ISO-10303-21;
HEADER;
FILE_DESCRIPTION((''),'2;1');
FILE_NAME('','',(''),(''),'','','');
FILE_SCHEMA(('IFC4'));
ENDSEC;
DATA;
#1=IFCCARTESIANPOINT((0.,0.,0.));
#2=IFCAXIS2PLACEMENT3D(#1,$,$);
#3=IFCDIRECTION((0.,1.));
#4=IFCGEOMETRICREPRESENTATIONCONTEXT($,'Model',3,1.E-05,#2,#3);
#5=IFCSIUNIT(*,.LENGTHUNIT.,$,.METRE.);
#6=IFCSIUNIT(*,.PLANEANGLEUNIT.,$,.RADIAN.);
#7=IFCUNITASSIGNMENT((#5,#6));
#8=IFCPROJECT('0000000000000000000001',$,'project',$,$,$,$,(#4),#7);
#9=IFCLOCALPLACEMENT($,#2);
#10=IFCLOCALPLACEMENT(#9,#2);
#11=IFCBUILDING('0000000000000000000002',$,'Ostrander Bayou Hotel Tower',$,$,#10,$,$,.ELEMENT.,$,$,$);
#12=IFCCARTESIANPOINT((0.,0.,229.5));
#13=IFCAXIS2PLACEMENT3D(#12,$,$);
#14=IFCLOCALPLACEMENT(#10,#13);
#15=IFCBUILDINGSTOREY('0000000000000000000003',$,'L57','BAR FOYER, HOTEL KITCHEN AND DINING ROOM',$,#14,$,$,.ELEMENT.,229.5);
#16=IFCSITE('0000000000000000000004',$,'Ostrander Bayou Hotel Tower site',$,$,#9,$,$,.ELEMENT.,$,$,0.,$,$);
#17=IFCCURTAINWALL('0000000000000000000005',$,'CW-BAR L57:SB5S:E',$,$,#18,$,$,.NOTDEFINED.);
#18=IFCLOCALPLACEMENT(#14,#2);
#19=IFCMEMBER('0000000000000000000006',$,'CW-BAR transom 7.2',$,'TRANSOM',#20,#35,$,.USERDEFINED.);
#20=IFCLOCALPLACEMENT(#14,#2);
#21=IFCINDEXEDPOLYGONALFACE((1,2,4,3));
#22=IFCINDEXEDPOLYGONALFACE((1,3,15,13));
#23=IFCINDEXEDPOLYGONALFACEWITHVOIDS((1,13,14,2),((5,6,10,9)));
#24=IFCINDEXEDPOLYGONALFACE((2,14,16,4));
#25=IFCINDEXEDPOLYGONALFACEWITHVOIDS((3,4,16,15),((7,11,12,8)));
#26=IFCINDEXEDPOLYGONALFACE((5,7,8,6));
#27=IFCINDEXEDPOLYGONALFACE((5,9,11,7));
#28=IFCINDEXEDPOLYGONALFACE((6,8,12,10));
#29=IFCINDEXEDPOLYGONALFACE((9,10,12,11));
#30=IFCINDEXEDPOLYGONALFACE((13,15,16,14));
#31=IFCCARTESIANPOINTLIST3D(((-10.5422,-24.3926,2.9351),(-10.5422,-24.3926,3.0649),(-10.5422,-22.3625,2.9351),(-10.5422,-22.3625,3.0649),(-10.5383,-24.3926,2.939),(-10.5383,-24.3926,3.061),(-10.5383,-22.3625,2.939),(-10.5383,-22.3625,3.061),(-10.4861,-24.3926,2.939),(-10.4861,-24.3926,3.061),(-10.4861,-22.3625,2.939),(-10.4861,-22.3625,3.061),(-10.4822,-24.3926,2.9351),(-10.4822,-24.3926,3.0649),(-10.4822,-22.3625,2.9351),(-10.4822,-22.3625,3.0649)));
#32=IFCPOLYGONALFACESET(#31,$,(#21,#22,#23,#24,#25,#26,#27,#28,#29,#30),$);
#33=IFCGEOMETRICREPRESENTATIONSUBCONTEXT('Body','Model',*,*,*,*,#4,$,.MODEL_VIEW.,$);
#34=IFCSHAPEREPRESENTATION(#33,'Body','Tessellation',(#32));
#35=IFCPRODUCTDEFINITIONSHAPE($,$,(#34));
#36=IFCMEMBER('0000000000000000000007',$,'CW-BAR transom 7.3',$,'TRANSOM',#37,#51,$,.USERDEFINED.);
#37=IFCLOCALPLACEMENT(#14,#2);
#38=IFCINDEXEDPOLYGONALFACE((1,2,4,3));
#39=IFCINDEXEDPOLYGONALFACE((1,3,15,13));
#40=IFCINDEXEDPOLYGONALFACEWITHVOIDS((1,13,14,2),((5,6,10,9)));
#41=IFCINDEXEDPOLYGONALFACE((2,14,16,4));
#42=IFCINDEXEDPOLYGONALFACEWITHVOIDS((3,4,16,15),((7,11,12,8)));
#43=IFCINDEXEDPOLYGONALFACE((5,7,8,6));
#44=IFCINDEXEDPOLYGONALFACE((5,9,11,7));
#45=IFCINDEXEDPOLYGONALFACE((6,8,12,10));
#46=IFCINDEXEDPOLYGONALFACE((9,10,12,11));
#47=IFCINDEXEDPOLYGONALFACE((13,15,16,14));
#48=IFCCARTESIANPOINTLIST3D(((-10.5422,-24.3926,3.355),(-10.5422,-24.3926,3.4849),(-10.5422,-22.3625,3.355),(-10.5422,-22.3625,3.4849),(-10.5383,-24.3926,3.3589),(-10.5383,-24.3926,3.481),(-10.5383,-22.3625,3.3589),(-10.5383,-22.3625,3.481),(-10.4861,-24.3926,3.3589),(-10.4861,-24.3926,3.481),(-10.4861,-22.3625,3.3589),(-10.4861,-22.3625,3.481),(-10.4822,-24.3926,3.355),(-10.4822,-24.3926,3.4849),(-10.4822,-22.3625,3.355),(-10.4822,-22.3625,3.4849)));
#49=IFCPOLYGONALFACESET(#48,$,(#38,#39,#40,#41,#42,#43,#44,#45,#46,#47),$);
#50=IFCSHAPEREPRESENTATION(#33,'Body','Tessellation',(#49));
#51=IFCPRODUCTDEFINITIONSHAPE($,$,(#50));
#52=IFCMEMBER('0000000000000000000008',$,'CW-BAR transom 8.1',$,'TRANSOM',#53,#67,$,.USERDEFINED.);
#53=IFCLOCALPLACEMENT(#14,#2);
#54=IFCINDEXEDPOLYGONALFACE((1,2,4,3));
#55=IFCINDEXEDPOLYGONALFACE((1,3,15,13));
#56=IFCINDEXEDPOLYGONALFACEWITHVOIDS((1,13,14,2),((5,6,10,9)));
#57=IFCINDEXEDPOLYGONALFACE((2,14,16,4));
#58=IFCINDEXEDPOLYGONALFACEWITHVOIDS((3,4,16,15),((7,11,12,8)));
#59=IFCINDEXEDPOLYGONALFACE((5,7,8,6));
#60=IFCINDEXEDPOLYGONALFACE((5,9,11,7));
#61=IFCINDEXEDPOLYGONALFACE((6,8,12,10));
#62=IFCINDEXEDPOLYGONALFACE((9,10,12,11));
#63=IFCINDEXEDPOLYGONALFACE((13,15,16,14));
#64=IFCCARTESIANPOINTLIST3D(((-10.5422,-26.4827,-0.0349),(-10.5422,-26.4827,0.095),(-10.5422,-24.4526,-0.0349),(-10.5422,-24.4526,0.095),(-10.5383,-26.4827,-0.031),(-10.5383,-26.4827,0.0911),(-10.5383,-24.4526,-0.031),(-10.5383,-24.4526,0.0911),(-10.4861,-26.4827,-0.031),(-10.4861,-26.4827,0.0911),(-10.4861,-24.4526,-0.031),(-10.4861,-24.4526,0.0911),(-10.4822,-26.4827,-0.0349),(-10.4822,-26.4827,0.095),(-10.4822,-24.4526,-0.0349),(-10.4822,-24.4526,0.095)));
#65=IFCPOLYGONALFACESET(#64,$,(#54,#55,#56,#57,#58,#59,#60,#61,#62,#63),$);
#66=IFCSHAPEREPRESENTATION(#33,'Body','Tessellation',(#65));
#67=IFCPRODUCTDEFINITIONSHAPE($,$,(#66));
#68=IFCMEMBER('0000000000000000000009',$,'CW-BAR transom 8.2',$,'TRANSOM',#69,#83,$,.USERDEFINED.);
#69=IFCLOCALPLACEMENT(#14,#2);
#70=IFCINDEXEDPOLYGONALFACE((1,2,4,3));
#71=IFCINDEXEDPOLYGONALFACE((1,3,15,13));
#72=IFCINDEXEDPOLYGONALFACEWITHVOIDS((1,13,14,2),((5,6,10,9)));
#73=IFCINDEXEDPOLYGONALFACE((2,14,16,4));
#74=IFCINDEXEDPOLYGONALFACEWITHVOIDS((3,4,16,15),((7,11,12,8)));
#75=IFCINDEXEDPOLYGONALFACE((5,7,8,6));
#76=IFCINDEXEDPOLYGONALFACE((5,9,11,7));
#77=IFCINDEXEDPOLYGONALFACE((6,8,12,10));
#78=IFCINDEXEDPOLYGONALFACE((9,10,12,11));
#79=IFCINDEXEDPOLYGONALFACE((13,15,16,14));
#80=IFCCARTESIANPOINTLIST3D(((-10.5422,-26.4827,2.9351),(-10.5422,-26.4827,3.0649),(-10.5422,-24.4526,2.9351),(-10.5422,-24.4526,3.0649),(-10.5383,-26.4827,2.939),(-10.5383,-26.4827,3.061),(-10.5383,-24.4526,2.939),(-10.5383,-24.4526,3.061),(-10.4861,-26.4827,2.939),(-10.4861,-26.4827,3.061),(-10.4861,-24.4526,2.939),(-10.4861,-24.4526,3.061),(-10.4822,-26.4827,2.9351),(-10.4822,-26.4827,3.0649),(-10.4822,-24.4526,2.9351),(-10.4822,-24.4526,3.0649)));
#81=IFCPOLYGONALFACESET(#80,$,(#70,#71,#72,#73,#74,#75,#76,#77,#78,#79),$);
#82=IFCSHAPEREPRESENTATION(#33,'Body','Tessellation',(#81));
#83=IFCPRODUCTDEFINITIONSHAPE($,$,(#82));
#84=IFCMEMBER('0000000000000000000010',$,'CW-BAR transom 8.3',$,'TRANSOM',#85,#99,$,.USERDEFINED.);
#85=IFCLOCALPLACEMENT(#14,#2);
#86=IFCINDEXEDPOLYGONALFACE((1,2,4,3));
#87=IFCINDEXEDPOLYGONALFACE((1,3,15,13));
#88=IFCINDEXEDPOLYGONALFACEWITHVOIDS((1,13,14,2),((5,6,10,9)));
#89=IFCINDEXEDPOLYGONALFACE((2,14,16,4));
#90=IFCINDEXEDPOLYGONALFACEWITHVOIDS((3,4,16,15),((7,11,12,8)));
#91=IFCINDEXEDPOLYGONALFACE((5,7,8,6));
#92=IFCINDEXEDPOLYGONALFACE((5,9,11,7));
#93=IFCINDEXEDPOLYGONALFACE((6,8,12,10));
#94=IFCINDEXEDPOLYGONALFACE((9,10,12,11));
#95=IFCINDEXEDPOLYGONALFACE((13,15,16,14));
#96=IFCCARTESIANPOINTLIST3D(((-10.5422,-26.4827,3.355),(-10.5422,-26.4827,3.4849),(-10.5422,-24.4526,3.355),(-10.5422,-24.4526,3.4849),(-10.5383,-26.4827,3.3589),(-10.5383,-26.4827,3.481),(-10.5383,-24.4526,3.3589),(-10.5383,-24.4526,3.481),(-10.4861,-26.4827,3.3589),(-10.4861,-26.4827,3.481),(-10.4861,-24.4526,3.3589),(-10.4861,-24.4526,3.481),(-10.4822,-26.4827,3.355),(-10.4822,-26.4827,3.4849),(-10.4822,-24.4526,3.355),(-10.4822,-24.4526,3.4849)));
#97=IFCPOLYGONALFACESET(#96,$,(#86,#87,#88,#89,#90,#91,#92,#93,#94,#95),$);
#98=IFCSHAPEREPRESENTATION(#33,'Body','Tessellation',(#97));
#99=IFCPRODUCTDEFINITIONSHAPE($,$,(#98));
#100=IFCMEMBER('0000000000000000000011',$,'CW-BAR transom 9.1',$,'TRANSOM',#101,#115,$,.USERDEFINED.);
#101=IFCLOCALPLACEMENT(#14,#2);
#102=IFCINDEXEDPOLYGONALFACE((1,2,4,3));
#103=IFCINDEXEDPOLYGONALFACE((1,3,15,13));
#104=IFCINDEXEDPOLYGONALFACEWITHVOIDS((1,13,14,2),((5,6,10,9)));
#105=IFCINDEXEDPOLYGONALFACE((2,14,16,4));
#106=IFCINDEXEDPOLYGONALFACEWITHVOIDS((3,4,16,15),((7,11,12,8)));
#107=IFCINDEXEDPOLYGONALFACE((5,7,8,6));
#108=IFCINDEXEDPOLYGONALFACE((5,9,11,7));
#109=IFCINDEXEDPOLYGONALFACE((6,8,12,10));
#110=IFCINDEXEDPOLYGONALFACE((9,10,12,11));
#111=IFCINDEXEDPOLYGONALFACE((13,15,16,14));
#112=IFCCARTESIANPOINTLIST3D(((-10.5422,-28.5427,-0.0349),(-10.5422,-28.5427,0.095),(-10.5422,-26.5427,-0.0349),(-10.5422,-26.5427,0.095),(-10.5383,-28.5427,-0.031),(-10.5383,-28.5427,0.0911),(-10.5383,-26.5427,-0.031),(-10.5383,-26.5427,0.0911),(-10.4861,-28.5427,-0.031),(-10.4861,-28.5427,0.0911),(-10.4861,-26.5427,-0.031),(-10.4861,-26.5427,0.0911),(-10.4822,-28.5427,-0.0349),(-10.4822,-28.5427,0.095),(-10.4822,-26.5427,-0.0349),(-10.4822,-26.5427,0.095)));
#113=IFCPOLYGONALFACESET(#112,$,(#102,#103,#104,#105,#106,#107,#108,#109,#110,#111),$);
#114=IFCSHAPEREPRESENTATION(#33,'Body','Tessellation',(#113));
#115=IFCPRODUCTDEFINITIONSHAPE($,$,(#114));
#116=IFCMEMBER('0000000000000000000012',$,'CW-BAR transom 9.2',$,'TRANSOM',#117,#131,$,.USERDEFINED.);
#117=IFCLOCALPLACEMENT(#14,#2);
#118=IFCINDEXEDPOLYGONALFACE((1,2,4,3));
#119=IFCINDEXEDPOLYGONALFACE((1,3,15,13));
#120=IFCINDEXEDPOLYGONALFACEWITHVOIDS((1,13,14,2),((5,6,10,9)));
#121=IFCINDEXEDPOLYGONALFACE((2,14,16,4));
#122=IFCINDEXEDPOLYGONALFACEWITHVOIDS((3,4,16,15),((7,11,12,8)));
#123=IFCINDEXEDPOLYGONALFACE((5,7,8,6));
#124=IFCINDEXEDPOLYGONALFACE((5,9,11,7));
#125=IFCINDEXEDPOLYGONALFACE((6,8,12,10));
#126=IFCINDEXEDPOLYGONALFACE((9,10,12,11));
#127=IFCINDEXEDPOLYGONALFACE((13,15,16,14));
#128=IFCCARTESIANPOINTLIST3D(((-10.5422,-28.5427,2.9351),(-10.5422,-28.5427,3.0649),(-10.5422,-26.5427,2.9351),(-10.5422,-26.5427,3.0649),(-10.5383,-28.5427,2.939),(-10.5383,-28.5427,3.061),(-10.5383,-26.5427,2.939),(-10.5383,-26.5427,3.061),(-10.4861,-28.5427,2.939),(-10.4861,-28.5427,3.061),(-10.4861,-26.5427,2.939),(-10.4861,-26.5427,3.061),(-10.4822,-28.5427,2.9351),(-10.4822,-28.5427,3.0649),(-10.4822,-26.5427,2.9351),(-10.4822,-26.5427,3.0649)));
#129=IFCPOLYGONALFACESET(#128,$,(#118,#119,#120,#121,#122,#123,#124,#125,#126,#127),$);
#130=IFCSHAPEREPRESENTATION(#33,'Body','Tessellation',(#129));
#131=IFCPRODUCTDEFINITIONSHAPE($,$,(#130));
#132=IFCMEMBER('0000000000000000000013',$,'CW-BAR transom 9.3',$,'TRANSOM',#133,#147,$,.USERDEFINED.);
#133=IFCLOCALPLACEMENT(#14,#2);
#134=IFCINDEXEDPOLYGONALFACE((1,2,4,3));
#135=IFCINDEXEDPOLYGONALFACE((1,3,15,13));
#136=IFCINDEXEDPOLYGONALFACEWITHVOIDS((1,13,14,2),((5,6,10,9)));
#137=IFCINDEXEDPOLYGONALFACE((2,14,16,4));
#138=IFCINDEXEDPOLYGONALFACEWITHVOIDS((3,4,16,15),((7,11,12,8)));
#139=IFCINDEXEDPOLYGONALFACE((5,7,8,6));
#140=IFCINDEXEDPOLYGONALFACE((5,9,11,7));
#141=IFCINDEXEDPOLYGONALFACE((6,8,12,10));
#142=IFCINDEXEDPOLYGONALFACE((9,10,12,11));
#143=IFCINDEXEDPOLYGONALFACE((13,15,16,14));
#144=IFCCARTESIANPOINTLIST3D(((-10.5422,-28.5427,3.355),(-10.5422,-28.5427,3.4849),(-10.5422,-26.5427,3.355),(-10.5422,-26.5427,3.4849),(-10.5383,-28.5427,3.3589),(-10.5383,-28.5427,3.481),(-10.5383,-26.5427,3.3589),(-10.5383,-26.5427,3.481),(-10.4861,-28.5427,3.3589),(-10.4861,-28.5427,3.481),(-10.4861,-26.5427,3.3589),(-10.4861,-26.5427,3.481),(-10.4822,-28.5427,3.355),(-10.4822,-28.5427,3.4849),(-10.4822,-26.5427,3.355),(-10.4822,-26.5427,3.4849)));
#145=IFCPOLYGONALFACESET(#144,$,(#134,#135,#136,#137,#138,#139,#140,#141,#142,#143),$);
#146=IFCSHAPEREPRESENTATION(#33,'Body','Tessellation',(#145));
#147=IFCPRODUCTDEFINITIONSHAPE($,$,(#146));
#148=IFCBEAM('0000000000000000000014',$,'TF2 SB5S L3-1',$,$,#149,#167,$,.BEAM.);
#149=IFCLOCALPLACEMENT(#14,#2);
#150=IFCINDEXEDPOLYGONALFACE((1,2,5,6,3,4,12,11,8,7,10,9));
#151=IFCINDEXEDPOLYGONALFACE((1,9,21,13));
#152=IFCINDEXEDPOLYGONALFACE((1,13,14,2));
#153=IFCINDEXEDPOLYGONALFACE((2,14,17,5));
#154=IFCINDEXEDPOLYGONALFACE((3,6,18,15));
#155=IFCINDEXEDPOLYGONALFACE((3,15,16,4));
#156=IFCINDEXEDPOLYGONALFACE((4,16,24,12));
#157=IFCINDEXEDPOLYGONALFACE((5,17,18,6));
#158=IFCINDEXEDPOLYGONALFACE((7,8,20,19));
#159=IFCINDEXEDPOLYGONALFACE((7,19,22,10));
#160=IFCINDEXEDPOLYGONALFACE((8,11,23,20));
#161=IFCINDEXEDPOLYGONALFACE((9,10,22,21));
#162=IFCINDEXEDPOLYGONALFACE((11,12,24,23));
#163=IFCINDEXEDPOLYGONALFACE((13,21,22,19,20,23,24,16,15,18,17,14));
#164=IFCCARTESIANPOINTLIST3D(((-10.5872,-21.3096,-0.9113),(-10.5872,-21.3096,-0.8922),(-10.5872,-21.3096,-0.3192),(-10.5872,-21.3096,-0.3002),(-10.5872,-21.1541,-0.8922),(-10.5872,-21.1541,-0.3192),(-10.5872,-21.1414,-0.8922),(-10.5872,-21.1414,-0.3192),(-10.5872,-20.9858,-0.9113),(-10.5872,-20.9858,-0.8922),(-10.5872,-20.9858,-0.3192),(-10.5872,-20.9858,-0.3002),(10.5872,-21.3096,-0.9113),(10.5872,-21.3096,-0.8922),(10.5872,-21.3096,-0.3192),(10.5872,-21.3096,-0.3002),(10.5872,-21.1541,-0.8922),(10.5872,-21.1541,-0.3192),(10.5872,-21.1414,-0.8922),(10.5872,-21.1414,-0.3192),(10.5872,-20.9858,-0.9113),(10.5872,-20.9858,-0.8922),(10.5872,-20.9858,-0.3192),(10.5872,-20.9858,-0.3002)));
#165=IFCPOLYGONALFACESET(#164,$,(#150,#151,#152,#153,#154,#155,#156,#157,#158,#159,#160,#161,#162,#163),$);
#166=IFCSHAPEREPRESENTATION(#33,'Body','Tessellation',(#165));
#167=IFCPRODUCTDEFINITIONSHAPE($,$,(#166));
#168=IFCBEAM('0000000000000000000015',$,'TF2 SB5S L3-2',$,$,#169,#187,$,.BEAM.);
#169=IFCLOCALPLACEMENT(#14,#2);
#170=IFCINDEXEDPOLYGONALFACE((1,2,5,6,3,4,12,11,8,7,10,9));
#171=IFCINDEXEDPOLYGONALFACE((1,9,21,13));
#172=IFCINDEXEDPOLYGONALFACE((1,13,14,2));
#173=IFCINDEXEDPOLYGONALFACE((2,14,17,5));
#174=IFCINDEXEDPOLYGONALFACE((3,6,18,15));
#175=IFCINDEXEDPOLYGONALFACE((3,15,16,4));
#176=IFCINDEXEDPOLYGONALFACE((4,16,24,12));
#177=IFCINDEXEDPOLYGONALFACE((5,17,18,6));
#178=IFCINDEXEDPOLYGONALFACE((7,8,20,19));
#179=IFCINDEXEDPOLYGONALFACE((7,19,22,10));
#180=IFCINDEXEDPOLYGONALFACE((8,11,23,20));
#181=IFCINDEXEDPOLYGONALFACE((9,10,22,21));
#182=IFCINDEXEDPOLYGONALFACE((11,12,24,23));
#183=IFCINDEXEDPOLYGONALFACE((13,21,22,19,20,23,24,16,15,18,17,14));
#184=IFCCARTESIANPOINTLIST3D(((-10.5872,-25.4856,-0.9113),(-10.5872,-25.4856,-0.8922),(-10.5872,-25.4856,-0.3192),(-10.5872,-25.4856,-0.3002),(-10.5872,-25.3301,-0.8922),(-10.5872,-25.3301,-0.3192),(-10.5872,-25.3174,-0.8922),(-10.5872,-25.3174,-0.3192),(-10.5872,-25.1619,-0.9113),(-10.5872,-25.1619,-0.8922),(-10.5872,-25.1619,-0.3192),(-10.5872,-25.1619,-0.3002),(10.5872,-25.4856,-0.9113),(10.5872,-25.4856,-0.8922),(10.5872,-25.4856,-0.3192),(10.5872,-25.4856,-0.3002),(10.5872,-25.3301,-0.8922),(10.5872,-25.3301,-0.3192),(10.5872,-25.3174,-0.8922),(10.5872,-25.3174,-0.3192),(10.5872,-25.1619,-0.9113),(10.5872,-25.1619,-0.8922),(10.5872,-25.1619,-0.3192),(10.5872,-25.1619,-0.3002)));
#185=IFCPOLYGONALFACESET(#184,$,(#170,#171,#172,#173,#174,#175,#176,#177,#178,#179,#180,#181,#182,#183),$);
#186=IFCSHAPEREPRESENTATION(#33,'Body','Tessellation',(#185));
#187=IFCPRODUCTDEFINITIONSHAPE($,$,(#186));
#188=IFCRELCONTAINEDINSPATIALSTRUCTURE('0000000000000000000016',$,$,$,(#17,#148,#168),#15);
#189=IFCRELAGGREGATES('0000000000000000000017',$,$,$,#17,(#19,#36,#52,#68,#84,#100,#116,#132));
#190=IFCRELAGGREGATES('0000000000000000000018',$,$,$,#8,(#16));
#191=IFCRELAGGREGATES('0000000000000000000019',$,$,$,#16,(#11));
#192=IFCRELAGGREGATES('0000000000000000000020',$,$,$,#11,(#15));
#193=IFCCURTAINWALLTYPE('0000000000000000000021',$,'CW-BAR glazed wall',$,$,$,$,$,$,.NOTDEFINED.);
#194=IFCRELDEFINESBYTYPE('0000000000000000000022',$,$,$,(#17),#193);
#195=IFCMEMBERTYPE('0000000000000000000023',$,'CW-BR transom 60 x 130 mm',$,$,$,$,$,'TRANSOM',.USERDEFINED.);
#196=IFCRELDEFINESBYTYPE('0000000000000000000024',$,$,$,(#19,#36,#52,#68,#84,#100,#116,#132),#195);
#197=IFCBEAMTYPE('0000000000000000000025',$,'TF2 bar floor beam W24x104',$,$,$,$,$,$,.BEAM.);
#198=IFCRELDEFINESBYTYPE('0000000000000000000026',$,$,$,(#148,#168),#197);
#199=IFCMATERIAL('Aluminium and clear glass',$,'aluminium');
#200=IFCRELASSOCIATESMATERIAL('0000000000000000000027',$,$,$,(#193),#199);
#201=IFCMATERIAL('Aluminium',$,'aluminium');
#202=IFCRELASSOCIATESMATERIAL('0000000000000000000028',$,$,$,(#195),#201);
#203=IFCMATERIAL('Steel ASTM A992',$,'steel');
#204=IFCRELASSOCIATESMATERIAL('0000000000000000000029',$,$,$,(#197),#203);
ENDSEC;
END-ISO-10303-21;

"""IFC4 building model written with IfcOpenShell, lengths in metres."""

from ifc_helpers import new_model, si_unit, direction, frame, origin, origin_2d, place, context, subcontext, project, spatial, hollow_rectangle, i_section, extrude, material, material_profile, profile_set, type_object, element, aggregate, save


model = new_model("IFC4")

# Units and contexts
model_context = context("Model", 3, precision=1e-05, world=origin(), true_north=direction((0.0, 1.0)))
body_context = subcontext(model_context, "Body", "Model", "MODEL_VIEW")
ifc_project = project(units=[si_unit("LENGTHUNIT", "METRE"), si_unit("PLANEANGLEUNIT", "RADIAN")], contexts=[model_context])

# Site, building, storey
site_placement = place(None, origin())
site = spatial("IfcSite", under=ifc_project, at=site_placement, Name="Ostrander Bayou Hotel Tower site", CompositionType="ELEMENT", RefElevation=0.0)
building_placement = place(site_placement, origin())
building = spatial("IfcBuilding", under=site, at=building_placement, Name="Ostrander Bayou Hotel Tower", CompositionType="ELEMENT")
storey_placement = place(building_placement, frame((0.0, 0.0, 229.5)))
storey = spatial("IfcBuildingStorey", under=building, at=storey_placement, Name="L57", Description="BAR FOYER, HOTEL KITCHEN AND DINING ROOM", CompositionType="ELEMENT", Elevation=229.5)

# Curtain wall, members
ifc_material_1 = material(Name="Aluminium and clear glass", Category="aluminium")
curtain_wall_type = type_object("IfcCurtainWallType", Name="CW-BAR glazed wall", PredefinedType="NOTDEFINED", material=ifc_material_1)
curtain_wall_placement = place(storey_placement, origin())
curtain_wall = element("IfcCurtainWall", 1, at=curtain_wall_placement, inside=storey, type_object=curtain_wall_type, Name="CW-BAR L57:SB5S:E", PredefinedType="NOTDEFINED")
ifc_material_2 = material(Name="Aluminium", Category="aluminium")
ifc_material_profile_1 = material_profile(ifc_material_2, hollow_rectangle(XDim=0.0601, YDim=0.1299, WallThickness=0.0039, at=origin_2d()))
ifc_profile_set_1 = profile_set([ifc_material_profile_1], Name="Aluminium")
member_type_1 = type_object("IfcMemberType", Name="CW-BR transom 60 x 130 mm", ElementType="TRANSOM", PredefinedType="USERDEFINED", material=ifc_profile_set_1)
member_1_placement = place(storey_placement, frame((-10.5122, -22.3625, 3.0), z_axis=(0.0, -1.0, 0.0), x_axis=(1.0, 0.0, 0.0)))
member_1 = element("IfcMember", 2, at=member_1_placement, type_object=member_type_1, Name="CW-BAR transom 7.2", ObjectType="TRANSOM", PredefinedType="USERDEFINED", context=body_context, shape_type="SweptSolid", body=[
    extrude(hollow_rectangle(XDim=0.0601, YDim=0.1299, WallThickness=0.0039, at=origin_2d()), origin(), (0.0, 0.0, 1.0), 2.03),
])
member_2_placement = place(storey_placement, frame((-10.5122, -22.3625, 3.4199), z_axis=(0.0, -1.0, 0.0), x_axis=(1.0, 0.0, 0.0)))
member_2 = element("IfcMember", 3, at=member_2_placement, type_object=member_type_1, Name="CW-BAR transom 7.3", ObjectType="TRANSOM", PredefinedType="USERDEFINED", context=body_context, shape_type="SweptSolid", body=[
    extrude(hollow_rectangle(XDim=0.0601, YDim=0.1299, WallThickness=0.0039, at=origin_2d()), origin(), (0.0, 0.0, 1.0), 2.03),
])
member_3_placement = place(storey_placement, frame((-10.5122, -24.4526, 0.03), z_axis=(0.0, -1.0, 0.0), x_axis=(1.0, 0.0, 0.0)))
member_3 = element("IfcMember", 4, at=member_3_placement, type_object=member_type_1, Name="CW-BAR transom 8.1", ObjectType="TRANSOM", PredefinedType="USERDEFINED", context=body_context, shape_type="SweptSolid", body=[
    extrude(hollow_rectangle(XDim=0.0601, YDim=0.1299, WallThickness=0.0039, at=origin_2d()), origin(), (0.0, 0.0, 1.0), 2.03),
])
member_4_placement = place(storey_placement, frame((-10.5122, -24.4526, 3.0), z_axis=(0.0, -1.0, 0.0), x_axis=(1.0, 0.0, 0.0)))
member_4 = element("IfcMember", 5, at=member_4_placement, type_object=member_type_1, Name="CW-BAR transom 8.2", ObjectType="TRANSOM", PredefinedType="USERDEFINED", context=body_context, shape_type="SweptSolid", body=[
    extrude(hollow_rectangle(XDim=0.0601, YDim=0.1299, WallThickness=0.0039, at=origin_2d()), origin(), (0.0, 0.0, 1.0), 2.03),
])
member_5_placement = place(storey_placement, frame((-10.5122, -24.4526, 3.4199), z_axis=(0.0, -1.0, 0.0), x_axis=(1.0, 0.0, 0.0)))
member_5 = element("IfcMember", 6, at=member_5_placement, type_object=member_type_1, Name="CW-BAR transom 8.3", ObjectType="TRANSOM", PredefinedType="USERDEFINED", context=body_context, shape_type="SweptSolid", body=[
    extrude(hollow_rectangle(XDim=0.0601, YDim=0.1299, WallThickness=0.0039, at=origin_2d()), origin(), (0.0, 0.0, 1.0), 2.03),
])
member_6_placement = place(storey_placement, frame((-10.5122, -26.5427, 0.03), z_axis=(0.0, -1.0, 0.0), x_axis=(1.0, 0.0, 0.0)))
member_6 = element("IfcMember", 7, at=member_6_placement, type_object=member_type_1, Name="CW-BAR transom 9.1", ObjectType="TRANSOM", PredefinedType="USERDEFINED", context=body_context, shape_type="SweptSolid", body=[
    extrude(hollow_rectangle(XDim=0.0601, YDim=0.1299, WallThickness=0.0039, at=origin_2d()), origin(), (0.0, 0.0, 1.0), 2.0),
])
member_7_placement = place(storey_placement, frame((-10.5122, -26.5427, 3.0), z_axis=(0.0, -1.0, 0.0), x_axis=(1.0, 0.0, 0.0)))
member_7 = element("IfcMember", 8, at=member_7_placement, type_object=member_type_1, Name="CW-BAR transom 9.2", ObjectType="TRANSOM", PredefinedType="USERDEFINED", context=body_context, shape_type="SweptSolid", body=[
    extrude(hollow_rectangle(XDim=0.0601, YDim=0.1299, WallThickness=0.0039, at=origin_2d()), origin(), (0.0, 0.0, 1.0), 2.0),
])
member_8_placement = place(storey_placement, frame((-10.5122, -26.5427, 3.4199), z_axis=(0.0, -1.0, 0.0), x_axis=(1.0, 0.0, 0.0)))
member_8 = element("IfcMember", 9, at=member_8_placement, type_object=member_type_1, Name="CW-BAR transom 9.3", ObjectType="TRANSOM", PredefinedType="USERDEFINED", context=body_context, shape_type="SweptSolid", body=[
    extrude(hollow_rectangle(XDim=0.0601, YDim=0.1299, WallThickness=0.0039, at=origin_2d()), origin(), (0.0, 0.0, 1.0), 2.0),
])

# Beams
ifc_material_3 = material(Name="Steel ASTM A992", Category="steel")
ifc_material_profile_2 = material_profile(ifc_material_3, i_section(OverallWidth=0.3237, OverallDepth=0.6111, WebThickness=0.0127, FlangeThickness=0.019, at=origin_2d()))
ifc_profile_set_2 = profile_set([ifc_material_profile_2], Name="Steel ASTM A992")
beam_type = type_object("IfcBeamType", Name="TF2 bar floor beam W24x104", PredefinedType="BEAM", material=ifc_profile_set_2)
for number, where, z_axis, x_axis, name in (
    (10, (-10.5872, -21.1477, -0.6057), (1.0, 0.0, 0.0), (0.0, 1.0, 0.0), "TF2 SB5S L3-1"),
    (11, (-10.5872, -25.3237, -0.6057), (1.0, 0.0, 0.0), (0.0, 1.0, 0.0), "TF2 SB5S L3-2"),
):
    element("IfcBeam", number, at=place(storey_placement, frame(where, z_axis=z_axis, x_axis=x_axis)), inside=storey, type_object=beam_type, Name=name, PredefinedType="BEAM", context=body_context, shape_type="SweptSolid", body=[
        extrude(i_section(OverallWidth=0.3237, OverallDepth=0.6111, WebThickness=0.0127, FlangeThickness=0.019, at=origin_2d()), origin(), (0.0, 0.0, 1.0), 21.1743),
    ])

aggregate(curtain_wall, [member_1, member_2, member_3, member_4, member_5, member_6, member_7, member_8])

save(model, "model.ifc")
